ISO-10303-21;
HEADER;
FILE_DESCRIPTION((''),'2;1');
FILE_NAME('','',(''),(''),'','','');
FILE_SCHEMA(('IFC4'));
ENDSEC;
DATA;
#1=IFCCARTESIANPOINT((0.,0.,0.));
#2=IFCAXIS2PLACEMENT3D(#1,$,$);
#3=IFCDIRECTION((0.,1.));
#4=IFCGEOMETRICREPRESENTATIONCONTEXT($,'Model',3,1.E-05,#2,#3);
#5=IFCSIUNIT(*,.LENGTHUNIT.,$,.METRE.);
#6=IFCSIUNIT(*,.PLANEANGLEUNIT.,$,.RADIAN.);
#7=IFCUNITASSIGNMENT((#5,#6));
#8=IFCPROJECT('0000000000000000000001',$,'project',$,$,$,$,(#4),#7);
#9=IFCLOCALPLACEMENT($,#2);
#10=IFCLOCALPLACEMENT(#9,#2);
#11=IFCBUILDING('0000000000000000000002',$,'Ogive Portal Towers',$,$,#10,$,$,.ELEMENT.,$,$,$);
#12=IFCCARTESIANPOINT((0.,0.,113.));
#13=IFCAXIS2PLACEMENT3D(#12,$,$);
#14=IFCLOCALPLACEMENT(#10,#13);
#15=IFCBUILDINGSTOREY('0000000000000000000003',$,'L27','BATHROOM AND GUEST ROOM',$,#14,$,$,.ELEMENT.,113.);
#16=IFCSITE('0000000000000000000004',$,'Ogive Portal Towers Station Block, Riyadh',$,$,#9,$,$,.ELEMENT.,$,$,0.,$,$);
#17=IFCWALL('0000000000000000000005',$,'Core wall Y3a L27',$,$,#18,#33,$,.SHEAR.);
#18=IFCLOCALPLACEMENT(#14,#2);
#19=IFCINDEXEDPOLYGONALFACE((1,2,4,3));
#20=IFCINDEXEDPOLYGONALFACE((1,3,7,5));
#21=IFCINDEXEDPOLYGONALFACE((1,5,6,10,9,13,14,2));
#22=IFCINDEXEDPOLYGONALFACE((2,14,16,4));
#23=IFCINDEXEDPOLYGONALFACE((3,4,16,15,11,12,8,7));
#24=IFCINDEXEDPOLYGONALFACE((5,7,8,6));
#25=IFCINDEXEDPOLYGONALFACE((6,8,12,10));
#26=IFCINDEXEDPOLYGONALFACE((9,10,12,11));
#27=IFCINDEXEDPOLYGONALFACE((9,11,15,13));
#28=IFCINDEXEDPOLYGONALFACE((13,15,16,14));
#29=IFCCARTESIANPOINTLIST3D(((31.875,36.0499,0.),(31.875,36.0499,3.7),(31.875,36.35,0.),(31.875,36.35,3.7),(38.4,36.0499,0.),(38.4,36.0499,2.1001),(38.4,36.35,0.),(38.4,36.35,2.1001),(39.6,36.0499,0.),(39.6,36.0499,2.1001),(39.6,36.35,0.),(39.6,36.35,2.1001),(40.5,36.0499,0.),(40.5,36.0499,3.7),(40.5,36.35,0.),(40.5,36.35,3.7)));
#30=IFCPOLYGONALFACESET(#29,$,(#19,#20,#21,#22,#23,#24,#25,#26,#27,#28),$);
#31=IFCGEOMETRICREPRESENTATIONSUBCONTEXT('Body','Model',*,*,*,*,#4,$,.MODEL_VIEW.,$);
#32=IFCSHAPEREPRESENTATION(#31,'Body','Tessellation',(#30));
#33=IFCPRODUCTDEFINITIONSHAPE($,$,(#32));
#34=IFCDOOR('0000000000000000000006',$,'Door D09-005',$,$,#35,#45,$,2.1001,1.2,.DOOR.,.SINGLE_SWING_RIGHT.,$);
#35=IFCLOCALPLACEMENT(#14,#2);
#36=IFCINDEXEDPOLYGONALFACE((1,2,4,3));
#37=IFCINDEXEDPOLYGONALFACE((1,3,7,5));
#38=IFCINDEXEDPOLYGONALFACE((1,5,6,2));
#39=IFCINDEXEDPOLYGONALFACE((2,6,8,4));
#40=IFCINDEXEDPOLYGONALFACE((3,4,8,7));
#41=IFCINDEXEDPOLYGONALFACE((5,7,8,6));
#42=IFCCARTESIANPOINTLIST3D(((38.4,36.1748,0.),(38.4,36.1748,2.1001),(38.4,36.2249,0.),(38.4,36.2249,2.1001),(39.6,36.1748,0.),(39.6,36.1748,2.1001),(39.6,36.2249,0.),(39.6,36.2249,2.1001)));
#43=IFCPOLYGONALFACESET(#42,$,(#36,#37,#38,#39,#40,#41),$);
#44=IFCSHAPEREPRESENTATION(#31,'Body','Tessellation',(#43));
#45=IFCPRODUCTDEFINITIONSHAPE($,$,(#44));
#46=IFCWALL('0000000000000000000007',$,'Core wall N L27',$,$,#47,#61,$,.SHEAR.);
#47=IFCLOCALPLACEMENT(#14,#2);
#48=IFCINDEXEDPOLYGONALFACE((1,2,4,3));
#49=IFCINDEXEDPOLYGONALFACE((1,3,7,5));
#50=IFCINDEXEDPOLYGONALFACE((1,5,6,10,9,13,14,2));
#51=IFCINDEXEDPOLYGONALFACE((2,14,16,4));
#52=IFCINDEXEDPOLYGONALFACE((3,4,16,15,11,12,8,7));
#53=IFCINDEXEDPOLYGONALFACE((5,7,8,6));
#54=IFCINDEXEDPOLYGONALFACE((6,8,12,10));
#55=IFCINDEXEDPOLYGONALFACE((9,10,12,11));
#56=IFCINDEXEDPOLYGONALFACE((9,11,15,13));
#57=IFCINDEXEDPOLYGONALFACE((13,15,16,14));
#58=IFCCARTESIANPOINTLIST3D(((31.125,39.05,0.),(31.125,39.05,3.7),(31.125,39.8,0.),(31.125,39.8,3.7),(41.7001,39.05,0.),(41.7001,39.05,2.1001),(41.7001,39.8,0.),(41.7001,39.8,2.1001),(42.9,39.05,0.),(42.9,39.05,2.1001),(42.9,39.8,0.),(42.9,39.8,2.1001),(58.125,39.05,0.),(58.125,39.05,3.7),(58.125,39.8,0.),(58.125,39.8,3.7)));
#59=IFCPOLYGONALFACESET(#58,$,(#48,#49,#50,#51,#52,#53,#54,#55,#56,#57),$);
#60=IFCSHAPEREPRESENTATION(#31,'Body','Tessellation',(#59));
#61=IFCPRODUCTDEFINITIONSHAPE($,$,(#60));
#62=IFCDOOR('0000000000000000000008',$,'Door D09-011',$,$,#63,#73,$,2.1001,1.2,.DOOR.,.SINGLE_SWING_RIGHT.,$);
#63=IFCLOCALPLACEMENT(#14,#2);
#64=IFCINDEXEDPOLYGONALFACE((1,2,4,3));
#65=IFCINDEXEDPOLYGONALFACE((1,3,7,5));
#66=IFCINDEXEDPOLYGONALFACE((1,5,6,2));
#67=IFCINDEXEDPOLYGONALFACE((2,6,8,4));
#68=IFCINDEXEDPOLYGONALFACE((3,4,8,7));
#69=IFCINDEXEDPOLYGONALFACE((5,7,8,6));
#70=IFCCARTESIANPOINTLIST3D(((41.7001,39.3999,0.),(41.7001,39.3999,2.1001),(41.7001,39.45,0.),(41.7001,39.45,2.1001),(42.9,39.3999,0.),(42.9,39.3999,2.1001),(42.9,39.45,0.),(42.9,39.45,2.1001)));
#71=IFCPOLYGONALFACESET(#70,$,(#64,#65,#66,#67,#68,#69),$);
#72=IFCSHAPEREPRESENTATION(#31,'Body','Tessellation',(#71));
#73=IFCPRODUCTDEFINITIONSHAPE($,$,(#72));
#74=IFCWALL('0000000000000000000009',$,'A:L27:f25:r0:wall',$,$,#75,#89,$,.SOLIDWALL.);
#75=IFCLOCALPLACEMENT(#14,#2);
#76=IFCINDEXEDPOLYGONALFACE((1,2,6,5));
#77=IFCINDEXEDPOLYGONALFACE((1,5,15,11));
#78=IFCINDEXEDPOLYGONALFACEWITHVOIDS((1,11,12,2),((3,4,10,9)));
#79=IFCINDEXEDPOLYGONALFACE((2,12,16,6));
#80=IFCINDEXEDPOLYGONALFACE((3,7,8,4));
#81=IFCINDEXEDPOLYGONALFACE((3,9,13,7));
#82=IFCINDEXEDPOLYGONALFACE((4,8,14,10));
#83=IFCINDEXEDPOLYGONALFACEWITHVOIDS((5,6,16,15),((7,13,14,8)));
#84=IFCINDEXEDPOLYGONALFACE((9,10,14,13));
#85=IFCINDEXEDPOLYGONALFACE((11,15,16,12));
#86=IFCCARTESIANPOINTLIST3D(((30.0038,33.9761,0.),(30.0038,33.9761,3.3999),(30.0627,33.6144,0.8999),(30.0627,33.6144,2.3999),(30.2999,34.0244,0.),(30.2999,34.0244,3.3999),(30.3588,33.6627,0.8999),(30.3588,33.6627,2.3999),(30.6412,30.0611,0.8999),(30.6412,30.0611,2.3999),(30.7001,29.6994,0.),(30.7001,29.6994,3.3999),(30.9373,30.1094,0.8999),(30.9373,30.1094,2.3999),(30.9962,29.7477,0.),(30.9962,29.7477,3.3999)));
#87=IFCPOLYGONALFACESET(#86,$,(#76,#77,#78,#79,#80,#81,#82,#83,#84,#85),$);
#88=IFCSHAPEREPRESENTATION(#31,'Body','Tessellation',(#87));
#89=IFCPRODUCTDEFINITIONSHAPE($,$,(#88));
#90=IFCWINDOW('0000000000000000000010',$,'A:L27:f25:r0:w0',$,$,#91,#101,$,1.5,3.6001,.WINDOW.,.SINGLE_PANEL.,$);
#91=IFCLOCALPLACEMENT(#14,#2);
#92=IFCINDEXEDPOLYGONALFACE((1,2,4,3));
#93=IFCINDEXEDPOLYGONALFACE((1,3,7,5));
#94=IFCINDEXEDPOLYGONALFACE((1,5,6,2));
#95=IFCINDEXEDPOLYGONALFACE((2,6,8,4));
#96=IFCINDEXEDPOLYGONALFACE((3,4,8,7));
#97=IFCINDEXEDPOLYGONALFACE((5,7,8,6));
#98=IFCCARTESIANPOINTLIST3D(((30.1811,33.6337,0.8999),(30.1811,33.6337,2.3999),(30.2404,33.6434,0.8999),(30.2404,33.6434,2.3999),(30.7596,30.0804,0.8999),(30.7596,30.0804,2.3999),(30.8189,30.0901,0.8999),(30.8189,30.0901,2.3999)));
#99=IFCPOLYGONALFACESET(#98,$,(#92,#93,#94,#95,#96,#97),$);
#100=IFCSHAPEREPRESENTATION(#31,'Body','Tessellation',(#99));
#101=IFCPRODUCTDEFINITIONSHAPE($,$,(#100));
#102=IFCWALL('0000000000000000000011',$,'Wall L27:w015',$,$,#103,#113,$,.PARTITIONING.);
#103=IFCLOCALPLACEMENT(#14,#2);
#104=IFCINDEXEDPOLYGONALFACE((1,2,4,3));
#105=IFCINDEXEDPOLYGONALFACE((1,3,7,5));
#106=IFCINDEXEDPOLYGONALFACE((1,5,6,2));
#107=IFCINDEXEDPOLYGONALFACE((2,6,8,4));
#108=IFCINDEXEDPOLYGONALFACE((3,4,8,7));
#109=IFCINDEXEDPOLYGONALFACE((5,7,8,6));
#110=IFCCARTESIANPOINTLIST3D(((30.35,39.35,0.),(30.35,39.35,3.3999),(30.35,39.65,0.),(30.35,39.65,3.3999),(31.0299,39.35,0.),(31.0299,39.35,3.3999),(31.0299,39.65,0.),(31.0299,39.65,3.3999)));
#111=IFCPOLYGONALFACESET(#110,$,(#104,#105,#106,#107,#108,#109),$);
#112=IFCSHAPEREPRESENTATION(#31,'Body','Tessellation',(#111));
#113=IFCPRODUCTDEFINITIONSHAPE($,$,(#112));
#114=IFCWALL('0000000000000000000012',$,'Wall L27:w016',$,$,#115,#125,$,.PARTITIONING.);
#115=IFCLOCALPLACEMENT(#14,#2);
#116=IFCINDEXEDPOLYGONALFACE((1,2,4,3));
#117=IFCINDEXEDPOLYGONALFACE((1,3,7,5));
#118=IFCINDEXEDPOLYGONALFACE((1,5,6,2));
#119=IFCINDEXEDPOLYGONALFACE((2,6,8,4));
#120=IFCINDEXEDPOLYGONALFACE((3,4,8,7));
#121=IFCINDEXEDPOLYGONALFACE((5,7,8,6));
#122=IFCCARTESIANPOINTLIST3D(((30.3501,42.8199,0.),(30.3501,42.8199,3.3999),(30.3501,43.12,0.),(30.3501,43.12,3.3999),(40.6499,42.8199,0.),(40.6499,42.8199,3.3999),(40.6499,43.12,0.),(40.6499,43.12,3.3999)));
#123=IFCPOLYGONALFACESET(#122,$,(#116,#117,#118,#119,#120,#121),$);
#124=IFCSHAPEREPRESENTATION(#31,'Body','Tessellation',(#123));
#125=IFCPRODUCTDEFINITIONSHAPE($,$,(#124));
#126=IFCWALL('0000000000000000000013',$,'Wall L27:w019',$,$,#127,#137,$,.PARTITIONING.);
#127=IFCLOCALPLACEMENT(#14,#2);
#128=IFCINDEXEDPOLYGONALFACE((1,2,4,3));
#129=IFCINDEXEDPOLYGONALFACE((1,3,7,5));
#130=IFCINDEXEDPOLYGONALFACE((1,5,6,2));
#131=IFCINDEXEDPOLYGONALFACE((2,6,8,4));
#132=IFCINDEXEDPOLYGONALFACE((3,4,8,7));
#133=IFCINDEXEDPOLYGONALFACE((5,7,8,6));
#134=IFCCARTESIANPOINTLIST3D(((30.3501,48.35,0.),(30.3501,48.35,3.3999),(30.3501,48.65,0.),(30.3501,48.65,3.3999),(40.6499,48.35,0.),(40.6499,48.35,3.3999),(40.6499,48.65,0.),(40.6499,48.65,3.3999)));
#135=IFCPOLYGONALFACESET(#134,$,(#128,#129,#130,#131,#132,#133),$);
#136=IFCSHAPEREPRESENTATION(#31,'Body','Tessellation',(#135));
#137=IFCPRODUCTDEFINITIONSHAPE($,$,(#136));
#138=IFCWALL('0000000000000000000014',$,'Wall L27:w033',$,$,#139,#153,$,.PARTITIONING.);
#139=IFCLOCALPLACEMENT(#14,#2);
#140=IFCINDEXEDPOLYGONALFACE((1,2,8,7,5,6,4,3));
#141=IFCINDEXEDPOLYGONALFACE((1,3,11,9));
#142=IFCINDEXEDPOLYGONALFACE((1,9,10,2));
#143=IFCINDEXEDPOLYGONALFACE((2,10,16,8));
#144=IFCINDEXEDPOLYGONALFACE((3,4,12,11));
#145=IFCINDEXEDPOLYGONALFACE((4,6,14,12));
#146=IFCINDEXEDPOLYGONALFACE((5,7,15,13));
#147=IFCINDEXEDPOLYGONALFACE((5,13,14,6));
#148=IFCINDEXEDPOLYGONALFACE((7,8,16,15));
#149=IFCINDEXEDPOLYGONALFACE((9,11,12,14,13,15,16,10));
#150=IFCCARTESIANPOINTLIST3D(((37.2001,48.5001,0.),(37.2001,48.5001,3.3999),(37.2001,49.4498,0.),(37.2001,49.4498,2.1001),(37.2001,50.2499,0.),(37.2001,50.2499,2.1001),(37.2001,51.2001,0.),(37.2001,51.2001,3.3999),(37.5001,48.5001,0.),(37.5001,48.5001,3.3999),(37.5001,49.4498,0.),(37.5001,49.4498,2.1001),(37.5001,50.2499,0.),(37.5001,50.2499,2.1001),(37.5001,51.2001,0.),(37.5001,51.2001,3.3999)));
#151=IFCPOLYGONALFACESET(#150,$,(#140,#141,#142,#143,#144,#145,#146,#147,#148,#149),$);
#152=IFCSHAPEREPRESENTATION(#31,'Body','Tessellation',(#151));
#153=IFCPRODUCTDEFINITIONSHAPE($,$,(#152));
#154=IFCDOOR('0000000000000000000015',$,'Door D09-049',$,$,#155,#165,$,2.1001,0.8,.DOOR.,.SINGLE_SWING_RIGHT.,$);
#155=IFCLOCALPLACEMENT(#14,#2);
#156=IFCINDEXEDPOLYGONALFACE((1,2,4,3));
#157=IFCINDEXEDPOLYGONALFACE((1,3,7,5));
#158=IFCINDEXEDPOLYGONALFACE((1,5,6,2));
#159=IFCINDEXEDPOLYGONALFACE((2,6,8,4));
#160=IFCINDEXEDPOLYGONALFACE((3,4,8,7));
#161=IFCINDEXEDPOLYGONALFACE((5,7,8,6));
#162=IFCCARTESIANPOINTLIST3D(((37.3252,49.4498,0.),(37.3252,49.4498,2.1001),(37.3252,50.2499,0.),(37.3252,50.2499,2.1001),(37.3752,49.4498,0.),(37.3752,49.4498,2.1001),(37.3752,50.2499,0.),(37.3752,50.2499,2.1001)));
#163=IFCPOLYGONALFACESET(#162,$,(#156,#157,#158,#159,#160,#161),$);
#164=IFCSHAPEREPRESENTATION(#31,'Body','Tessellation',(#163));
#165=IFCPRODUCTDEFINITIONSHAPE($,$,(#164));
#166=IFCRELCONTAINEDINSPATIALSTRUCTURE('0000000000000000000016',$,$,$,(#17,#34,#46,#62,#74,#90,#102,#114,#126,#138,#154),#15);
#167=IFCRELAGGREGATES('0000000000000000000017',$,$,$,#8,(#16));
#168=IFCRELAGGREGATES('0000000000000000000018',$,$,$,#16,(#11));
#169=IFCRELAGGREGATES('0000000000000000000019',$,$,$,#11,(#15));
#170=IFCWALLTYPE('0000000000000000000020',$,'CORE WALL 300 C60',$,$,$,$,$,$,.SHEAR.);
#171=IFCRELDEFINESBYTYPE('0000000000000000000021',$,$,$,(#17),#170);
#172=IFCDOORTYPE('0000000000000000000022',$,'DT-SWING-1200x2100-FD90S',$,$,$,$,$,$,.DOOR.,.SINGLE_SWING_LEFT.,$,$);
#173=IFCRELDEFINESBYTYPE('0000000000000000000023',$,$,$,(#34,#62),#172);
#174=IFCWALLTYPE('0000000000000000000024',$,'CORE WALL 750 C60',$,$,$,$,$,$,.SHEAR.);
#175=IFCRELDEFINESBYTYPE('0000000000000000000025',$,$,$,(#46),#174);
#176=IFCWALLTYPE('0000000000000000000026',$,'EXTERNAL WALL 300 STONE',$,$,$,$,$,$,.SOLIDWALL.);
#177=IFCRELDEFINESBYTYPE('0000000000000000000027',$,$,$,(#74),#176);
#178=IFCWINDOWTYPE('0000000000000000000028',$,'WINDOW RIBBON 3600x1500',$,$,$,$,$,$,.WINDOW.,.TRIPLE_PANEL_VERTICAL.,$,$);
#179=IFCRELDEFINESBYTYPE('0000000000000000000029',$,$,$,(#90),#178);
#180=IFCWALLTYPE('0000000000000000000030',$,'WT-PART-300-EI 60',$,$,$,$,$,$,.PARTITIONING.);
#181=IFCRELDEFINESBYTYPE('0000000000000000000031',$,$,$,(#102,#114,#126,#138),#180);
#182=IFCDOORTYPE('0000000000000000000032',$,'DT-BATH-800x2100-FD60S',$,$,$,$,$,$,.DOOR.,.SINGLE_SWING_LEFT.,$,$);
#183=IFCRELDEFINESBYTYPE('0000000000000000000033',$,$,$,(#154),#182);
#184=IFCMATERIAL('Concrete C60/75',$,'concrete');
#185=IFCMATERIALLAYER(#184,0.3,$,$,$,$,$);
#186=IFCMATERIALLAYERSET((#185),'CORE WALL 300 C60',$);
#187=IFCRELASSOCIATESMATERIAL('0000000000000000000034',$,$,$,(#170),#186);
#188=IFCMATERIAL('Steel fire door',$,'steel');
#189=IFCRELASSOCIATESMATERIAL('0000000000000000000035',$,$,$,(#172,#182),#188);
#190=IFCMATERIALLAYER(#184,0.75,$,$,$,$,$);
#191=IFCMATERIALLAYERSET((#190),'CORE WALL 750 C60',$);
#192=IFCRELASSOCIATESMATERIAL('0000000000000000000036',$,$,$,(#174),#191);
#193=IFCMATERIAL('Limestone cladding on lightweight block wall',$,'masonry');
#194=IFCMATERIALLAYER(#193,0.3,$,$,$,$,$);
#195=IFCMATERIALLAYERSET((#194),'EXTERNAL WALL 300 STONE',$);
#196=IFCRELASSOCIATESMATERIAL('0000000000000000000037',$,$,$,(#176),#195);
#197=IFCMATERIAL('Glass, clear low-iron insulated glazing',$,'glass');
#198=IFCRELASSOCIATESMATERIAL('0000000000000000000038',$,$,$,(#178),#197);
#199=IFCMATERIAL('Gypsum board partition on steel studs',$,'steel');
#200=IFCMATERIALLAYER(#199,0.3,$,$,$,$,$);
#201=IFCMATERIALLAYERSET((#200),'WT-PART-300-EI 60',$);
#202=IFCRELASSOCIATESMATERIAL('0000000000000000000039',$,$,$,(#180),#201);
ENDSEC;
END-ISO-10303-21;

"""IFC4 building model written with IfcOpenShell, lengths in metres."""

from ifc_helpers import new_model, si_unit, direction, frame, frame_2d, origin, place, context, subcontext, project, spatial, rectangle, extrude, material, layer, layer_set, type_object, element, fill, save


model = new_model("IFC4")

# Units and contexts
model_context = context("Model", 3, precision=1e-05, world=origin(), true_north=direction((0.0, 1.0)))
body_context = subcontext(model_context, "Body", "Model", "MODEL_VIEW")
ifc_project = project(units=[si_unit("LENGTHUNIT", "METRE"), si_unit("PLANEANGLEUNIT", "RADIAN")], contexts=[model_context])

# Site, building, storey
site_placement = place(None, origin())
site = spatial("IfcSite", under=ifc_project, at=site_placement, Name="Ogive Portal Towers Station Block, Riyadh", CompositionType="ELEMENT", RefElevation=0.0)
building_placement = place(site_placement, origin())
building = spatial("IfcBuilding", under=site, at=building_placement, Name="Ogive Portal Towers", CompositionType="ELEMENT")
storey_placement = place(building_placement, frame((0.0, 0.0, 113.0)))
storey = spatial("IfcBuildingStorey", under=building, at=storey_placement, Name="L27", Description="BATHROOM AND GUEST ROOM", CompositionType="ELEMENT", Elevation=113.0)

# Shared definitions
ifc_material_1 = material(Name="Concrete C60/75", Category="concrete")

# Shared definitions
ifc_layer_1 = layer(ifc_material_1, 0.3)
ifc_layer_set_1 = layer_set([ifc_layer_1], Name="CORE WALL 300 C60")
wall_type_1 = type_object("IfcWallType", Name="CORE WALL 300 C60", PredefinedType="SHEAR", material=ifc_layer_set_1)
ifc_material_2 = material(Name="Steel fire door", Category="steel")
door_type_1 = type_object("IfcDoorType", Name="DT-SWING-1200x2100-FD90S", OperationType="SINGLE_SWING_LEFT", PredefinedType="DOOR", material=ifc_material_2)

# Walls, openings, doors
wall_1_placement = place(storey_placement, frame((31.875, 36.2, 0.0), z_axis=(0.0, 0.0, 1.0), x_axis=(1.0, 0.0, 0.0)))
wall_1 = element("IfcWall", 1, at=wall_1_placement, inside=storey, type_object=wall_type_1, Name="Core wall Y3a L27", PredefinedType="SHEAR", context=body_context, shape_type="SweptSolid", body=[
    extrude(rectangle(XDim=8.625, YDim=0.3, at=frame_2d((4.3125, 0.0))), origin(), (0.0, 0.0, 1.0), 3.7),
])
opening_1_placement = place(wall_1_placement, frame((6.5249, 0.0, 0.0)))
opening_1 = element("IfcOpeningElement", 2, at=opening_1_placement, cuts=wall_1, PredefinedType="OPENING", context=body_context, shape_type="SweptSolid", body=[
    extrude(rectangle(XDim=1.2, YDim=2.1001, at=frame_2d((0.6001, 1.05))), frame((0.0, 0.1602, 0.0), z_axis=(0.0, -1.0, 0.0), x_axis=(1.0, 0.0, 0.0)), (0.0, 0.0, 1.0), 0.3201),
])
door_1_placement = place(opening_1_placement, origin())
door_1 = element("IfcDoor", 3, at=door_1_placement, inside=storey, type_object=door_type_1, Name="Door D09-005", OperationType="SINGLE_SWING_RIGHT", OverallHeight=2.1001, OverallWidth=1.2, PredefinedType="DOOR", context=body_context, shape_type="SweptSolid", body=[
    extrude(rectangle(XDim=1.2, YDim=2.1001, at=frame_2d((0.6001, 1.05))), frame((0.0, 0.0249, 0.0), z_axis=(0.0, -1.0, 0.0), x_axis=(1.0, 0.0, 0.0)), (0.0, 0.0, 1.0), 0.05),
])
fill(opening_1, door_1)
ifc_layer_2 = layer(ifc_material_1, 0.75)
ifc_layer_set_2 = layer_set([ifc_layer_2], Name="CORE WALL 750 C60")
wall_type_2 = type_object("IfcWallType", Name="CORE WALL 750 C60", PredefinedType="SHEAR", material=ifc_layer_set_2)
wall_2_placement = place(storey_placement, frame((31.125, 39.425, 0.0), z_axis=(0.0, 0.0, 1.0), x_axis=(1.0, 0.0, 0.0)))
wall_2 = element("IfcWall", 4, at=wall_2_placement, inside=storey, type_object=wall_type_2, Name="Core wall N L27", PredefinedType="SHEAR", context=body_context, shape_type="SweptSolid", body=[
    extrude(rectangle(XDim=27.0, YDim=0.75, at=frame_2d((13.5, 0.0))), origin(), (0.0, 0.0, 1.0), 3.7),
])
opening_2_placement = place(wall_2_placement, frame((10.575, 0.0, 0.0)))
opening_2 = element("IfcOpeningElement", 5, at=opening_2_placement, cuts=wall_2, PredefinedType="OPENING", context=body_context, shape_type="SweptSolid", body=[
    extrude(rectangle(XDim=1.2, YDim=2.1001, at=frame_2d((0.6001, 1.05))), frame((0.0, 0.385, 0.0), z_axis=(0.0, -1.0, 0.0), x_axis=(1.0, 0.0, 0.0)), (0.0, 0.0, 1.0), 0.77),
])
door_2_placement = place(opening_2_placement, origin())
door_2 = element("IfcDoor", 6, at=door_2_placement, inside=storey, type_object=door_type_1, Name="Door D09-011", OperationType="SINGLE_SWING_RIGHT", OverallHeight=2.1001, OverallWidth=1.2, PredefinedType="DOOR", context=body_context, shape_type="SweptSolid", body=[
    extrude(rectangle(XDim=1.2, YDim=2.1001, at=frame_2d((0.6001, 1.05))), frame((0.0, 0.0249, 0.0), z_axis=(0.0, -1.0, 0.0), x_axis=(1.0, 0.0, 0.0)), (0.0, 0.0, 1.0), 0.05),
])
fill(opening_2, door_2)

# Wall, opening, window
ifc_material_3 = material(Name="Limestone cladding on lightweight block wall", Category="masonry")
ifc_layer_3 = layer(ifc_material_3, 0.3)
ifc_layer_set_3 = layer_set([ifc_layer_3], Name="EXTERNAL WALL 300 STONE")
wall_type_3 = type_object("IfcWallType", Name="EXTERNAL WALL 300 STONE", PredefinedType="SOLIDWALL", material=ifc_layer_set_3)
wall_3_placement = place(storey_placement, frame((30.1519, 34.0002, 0.0), z_axis=(0.0, 0.0, 1.0), x_axis=(0.160697, -0.987004, 0.0)))
wall_3 = element("IfcWall", 7, at=wall_3_placement, inside=storey, type_object=wall_type_3, Name="A:L27:f25:r0:wall", PredefinedType="SOLIDWALL", context=body_context, shape_type="SweptSolid", body=[
    extrude(rectangle(XDim=4.333, YDim=0.3, at=frame_2d((2.1665, 0.0))), origin(), (0.0, 0.0, 1.0), 3.3999),
])
opening_3_placement = place(wall_3_placement, frame((0.3665, 0.0, 0.8999)))
opening_3 = element("IfcOpeningElement", 8, at=opening_3_placement, cuts=wall_3, PredefinedType="OPENING", context=body_context, shape_type="SweptSolid", body=[
    extrude(rectangle(XDim=3.6001, YDim=1.5, at=frame_2d((1.8, 0.75))), frame((0.0, 0.1602, 0.0), z_axis=(0.0, -1.0, 0.0), x_axis=(1.0, 0.0, 0.0)), (0.0, 0.0, 1.0), 0.3201),
])
ifc_material_4 = material(Name="Glass, clear low-iron insulated glazing", Category="glass")
window_type = type_object("IfcWindowType", Name="WINDOW RIBBON 3600x1500", PartitioningType="TRIPLE_PANEL_VERTICAL", PredefinedType="WINDOW", material=ifc_material_4)
window_placement = place(opening_3_placement, origin())
window = element("IfcWindow", 9, at=window_placement, inside=storey, type_object=window_type, Name="A:L27:f25:r0:w0", OverallHeight=1.5, OverallWidth=3.6001, PartitioningType="SINGLE_PANEL", PredefinedType="WINDOW", context=body_context, shape_type="SweptSolid", body=[
    extrude(rectangle(XDim=3.6001, YDim=1.5, at=frame_2d((1.8, 0.75))), frame((0.0, 0.03, 0.0), z_axis=(0.0, -1.0, 0.0), x_axis=(1.0, 0.0, 0.0)), (0.0, 0.0, 1.0), 0.0601),
])
fill(opening_3, window)

# Walls
ifc_material_5 = material(Name="Gypsum board partition on steel studs", Category="steel")
ifc_layer_4 = layer(ifc_material_5, 0.3)
ifc_layer_set_4 = layer_set([ifc_layer_4], Name="WT-PART-300-EI 60")
wall_type_4 = type_object("IfcWallType", Name="WT-PART-300-EI 60", PredefinedType="PARTITIONING", material=ifc_layer_set_4)
wall_4_placement = place(storey_placement, frame((30.3501, 39.5, 0.0), z_axis=(0.0, 0.0, 1.0), x_axis=(1.0, 0.0, 0.0)))
element("IfcWall", 10, at=wall_4_placement, inside=storey, type_object=wall_type_4, Name="Wall L27:w015", PredefinedType="PARTITIONING", context=body_context, shape_type="SweptSolid", body=[
    extrude(rectangle(XDim=0.6799, YDim=0.3, at=frame_2d((0.3398, 0.0))), origin(), (0.0, 0.0, 1.0), 3.3999),
])
for number, where, z_axis, x_axis, name in (
    (11, (30.3501, 42.97, 0.0), (0.0, 0.0, 1.0), (1.0, 0.0, 0.0), "Wall L27:w016"),
    (12, (30.3501, 48.5, 0.0), (0.0, 0.0, 1.0), (1.0, 0.0, 0.0), "Wall L27:w019"),
):
    element("IfcWall", number, at=place(storey_placement, frame(where, z_axis=z_axis, x_axis=x_axis)), inside=storey, type_object=wall_type_4, Name=name, PredefinedType="PARTITIONING", context=body_context, shape_type="SweptSolid", body=[
        extrude(rectangle(XDim=10.2998, YDim=0.3, at=frame_2d((5.1499, 0.0))), origin(), (0.0, 0.0, 1.0), 3.3999),
    ])

# Wall, opening, door
wall_5_placement = place(storey_placement, frame((37.3501, 48.5, 0.0), z_axis=(0.0, 0.0, 1.0), x_axis=(0.0, 1.0, 0.0)))
wall_5 = element("IfcWall", 13, at=wall_5_placement, inside=storey, type_object=wall_type_4, Name="Wall L27:w033", PredefinedType="PARTITIONING", context=body_context, shape_type="SweptSolid", body=[
    extrude(rectangle(XDim=2.7, YDim=0.3, at=frame_2d((1.3501, 0.0))), origin(), (0.0, 0.0, 1.0), 3.3999),
])
opening_4_placement = place(wall_5_placement, frame((0.95, 0.0, 0.0)))
opening_4 = element("IfcOpeningElement", 14, at=opening_4_placement, cuts=wall_5, PredefinedType="OPENING", context=body_context, shape_type="SweptSolid", body=[
    extrude(rectangle(XDim=0.8, YDim=2.1001, at=frame_2d((0.3999, 1.05))), frame((0.0, 0.1602, 0.0), z_axis=(0.0, -1.0, 0.0), x_axis=(1.0, 0.0, 0.0)), (0.0, 0.0, 1.0), 0.3201),
])
door_type_2 = type_object("IfcDoorType", Name="DT-BATH-800x2100-FD60S", OperationType="SINGLE_SWING_LEFT", PredefinedType="DOOR", material=ifc_material_2)
door_3_placement = place(opening_4_placement, origin())
door_3 = element("IfcDoor", 15, at=door_3_placement, inside=storey, type_object=door_type_2, Name="Door D09-049", OperationType="SINGLE_SWING_RIGHT", OverallHeight=2.1001, OverallWidth=0.8, PredefinedType="DOOR", context=body_context, shape_type="SweptSolid", body=[
    extrude(rectangle(XDim=0.8, YDim=2.1001, at=frame_2d((0.3999, 1.05))), frame((0.0, 0.0249, 0.0), z_axis=(0.0, -1.0, 0.0), x_axis=(1.0, 0.0, 0.0)), (0.0, 0.0, 1.0), 0.05),
])
fill(opening_4, door_3)

save(model, "model.ifc")
